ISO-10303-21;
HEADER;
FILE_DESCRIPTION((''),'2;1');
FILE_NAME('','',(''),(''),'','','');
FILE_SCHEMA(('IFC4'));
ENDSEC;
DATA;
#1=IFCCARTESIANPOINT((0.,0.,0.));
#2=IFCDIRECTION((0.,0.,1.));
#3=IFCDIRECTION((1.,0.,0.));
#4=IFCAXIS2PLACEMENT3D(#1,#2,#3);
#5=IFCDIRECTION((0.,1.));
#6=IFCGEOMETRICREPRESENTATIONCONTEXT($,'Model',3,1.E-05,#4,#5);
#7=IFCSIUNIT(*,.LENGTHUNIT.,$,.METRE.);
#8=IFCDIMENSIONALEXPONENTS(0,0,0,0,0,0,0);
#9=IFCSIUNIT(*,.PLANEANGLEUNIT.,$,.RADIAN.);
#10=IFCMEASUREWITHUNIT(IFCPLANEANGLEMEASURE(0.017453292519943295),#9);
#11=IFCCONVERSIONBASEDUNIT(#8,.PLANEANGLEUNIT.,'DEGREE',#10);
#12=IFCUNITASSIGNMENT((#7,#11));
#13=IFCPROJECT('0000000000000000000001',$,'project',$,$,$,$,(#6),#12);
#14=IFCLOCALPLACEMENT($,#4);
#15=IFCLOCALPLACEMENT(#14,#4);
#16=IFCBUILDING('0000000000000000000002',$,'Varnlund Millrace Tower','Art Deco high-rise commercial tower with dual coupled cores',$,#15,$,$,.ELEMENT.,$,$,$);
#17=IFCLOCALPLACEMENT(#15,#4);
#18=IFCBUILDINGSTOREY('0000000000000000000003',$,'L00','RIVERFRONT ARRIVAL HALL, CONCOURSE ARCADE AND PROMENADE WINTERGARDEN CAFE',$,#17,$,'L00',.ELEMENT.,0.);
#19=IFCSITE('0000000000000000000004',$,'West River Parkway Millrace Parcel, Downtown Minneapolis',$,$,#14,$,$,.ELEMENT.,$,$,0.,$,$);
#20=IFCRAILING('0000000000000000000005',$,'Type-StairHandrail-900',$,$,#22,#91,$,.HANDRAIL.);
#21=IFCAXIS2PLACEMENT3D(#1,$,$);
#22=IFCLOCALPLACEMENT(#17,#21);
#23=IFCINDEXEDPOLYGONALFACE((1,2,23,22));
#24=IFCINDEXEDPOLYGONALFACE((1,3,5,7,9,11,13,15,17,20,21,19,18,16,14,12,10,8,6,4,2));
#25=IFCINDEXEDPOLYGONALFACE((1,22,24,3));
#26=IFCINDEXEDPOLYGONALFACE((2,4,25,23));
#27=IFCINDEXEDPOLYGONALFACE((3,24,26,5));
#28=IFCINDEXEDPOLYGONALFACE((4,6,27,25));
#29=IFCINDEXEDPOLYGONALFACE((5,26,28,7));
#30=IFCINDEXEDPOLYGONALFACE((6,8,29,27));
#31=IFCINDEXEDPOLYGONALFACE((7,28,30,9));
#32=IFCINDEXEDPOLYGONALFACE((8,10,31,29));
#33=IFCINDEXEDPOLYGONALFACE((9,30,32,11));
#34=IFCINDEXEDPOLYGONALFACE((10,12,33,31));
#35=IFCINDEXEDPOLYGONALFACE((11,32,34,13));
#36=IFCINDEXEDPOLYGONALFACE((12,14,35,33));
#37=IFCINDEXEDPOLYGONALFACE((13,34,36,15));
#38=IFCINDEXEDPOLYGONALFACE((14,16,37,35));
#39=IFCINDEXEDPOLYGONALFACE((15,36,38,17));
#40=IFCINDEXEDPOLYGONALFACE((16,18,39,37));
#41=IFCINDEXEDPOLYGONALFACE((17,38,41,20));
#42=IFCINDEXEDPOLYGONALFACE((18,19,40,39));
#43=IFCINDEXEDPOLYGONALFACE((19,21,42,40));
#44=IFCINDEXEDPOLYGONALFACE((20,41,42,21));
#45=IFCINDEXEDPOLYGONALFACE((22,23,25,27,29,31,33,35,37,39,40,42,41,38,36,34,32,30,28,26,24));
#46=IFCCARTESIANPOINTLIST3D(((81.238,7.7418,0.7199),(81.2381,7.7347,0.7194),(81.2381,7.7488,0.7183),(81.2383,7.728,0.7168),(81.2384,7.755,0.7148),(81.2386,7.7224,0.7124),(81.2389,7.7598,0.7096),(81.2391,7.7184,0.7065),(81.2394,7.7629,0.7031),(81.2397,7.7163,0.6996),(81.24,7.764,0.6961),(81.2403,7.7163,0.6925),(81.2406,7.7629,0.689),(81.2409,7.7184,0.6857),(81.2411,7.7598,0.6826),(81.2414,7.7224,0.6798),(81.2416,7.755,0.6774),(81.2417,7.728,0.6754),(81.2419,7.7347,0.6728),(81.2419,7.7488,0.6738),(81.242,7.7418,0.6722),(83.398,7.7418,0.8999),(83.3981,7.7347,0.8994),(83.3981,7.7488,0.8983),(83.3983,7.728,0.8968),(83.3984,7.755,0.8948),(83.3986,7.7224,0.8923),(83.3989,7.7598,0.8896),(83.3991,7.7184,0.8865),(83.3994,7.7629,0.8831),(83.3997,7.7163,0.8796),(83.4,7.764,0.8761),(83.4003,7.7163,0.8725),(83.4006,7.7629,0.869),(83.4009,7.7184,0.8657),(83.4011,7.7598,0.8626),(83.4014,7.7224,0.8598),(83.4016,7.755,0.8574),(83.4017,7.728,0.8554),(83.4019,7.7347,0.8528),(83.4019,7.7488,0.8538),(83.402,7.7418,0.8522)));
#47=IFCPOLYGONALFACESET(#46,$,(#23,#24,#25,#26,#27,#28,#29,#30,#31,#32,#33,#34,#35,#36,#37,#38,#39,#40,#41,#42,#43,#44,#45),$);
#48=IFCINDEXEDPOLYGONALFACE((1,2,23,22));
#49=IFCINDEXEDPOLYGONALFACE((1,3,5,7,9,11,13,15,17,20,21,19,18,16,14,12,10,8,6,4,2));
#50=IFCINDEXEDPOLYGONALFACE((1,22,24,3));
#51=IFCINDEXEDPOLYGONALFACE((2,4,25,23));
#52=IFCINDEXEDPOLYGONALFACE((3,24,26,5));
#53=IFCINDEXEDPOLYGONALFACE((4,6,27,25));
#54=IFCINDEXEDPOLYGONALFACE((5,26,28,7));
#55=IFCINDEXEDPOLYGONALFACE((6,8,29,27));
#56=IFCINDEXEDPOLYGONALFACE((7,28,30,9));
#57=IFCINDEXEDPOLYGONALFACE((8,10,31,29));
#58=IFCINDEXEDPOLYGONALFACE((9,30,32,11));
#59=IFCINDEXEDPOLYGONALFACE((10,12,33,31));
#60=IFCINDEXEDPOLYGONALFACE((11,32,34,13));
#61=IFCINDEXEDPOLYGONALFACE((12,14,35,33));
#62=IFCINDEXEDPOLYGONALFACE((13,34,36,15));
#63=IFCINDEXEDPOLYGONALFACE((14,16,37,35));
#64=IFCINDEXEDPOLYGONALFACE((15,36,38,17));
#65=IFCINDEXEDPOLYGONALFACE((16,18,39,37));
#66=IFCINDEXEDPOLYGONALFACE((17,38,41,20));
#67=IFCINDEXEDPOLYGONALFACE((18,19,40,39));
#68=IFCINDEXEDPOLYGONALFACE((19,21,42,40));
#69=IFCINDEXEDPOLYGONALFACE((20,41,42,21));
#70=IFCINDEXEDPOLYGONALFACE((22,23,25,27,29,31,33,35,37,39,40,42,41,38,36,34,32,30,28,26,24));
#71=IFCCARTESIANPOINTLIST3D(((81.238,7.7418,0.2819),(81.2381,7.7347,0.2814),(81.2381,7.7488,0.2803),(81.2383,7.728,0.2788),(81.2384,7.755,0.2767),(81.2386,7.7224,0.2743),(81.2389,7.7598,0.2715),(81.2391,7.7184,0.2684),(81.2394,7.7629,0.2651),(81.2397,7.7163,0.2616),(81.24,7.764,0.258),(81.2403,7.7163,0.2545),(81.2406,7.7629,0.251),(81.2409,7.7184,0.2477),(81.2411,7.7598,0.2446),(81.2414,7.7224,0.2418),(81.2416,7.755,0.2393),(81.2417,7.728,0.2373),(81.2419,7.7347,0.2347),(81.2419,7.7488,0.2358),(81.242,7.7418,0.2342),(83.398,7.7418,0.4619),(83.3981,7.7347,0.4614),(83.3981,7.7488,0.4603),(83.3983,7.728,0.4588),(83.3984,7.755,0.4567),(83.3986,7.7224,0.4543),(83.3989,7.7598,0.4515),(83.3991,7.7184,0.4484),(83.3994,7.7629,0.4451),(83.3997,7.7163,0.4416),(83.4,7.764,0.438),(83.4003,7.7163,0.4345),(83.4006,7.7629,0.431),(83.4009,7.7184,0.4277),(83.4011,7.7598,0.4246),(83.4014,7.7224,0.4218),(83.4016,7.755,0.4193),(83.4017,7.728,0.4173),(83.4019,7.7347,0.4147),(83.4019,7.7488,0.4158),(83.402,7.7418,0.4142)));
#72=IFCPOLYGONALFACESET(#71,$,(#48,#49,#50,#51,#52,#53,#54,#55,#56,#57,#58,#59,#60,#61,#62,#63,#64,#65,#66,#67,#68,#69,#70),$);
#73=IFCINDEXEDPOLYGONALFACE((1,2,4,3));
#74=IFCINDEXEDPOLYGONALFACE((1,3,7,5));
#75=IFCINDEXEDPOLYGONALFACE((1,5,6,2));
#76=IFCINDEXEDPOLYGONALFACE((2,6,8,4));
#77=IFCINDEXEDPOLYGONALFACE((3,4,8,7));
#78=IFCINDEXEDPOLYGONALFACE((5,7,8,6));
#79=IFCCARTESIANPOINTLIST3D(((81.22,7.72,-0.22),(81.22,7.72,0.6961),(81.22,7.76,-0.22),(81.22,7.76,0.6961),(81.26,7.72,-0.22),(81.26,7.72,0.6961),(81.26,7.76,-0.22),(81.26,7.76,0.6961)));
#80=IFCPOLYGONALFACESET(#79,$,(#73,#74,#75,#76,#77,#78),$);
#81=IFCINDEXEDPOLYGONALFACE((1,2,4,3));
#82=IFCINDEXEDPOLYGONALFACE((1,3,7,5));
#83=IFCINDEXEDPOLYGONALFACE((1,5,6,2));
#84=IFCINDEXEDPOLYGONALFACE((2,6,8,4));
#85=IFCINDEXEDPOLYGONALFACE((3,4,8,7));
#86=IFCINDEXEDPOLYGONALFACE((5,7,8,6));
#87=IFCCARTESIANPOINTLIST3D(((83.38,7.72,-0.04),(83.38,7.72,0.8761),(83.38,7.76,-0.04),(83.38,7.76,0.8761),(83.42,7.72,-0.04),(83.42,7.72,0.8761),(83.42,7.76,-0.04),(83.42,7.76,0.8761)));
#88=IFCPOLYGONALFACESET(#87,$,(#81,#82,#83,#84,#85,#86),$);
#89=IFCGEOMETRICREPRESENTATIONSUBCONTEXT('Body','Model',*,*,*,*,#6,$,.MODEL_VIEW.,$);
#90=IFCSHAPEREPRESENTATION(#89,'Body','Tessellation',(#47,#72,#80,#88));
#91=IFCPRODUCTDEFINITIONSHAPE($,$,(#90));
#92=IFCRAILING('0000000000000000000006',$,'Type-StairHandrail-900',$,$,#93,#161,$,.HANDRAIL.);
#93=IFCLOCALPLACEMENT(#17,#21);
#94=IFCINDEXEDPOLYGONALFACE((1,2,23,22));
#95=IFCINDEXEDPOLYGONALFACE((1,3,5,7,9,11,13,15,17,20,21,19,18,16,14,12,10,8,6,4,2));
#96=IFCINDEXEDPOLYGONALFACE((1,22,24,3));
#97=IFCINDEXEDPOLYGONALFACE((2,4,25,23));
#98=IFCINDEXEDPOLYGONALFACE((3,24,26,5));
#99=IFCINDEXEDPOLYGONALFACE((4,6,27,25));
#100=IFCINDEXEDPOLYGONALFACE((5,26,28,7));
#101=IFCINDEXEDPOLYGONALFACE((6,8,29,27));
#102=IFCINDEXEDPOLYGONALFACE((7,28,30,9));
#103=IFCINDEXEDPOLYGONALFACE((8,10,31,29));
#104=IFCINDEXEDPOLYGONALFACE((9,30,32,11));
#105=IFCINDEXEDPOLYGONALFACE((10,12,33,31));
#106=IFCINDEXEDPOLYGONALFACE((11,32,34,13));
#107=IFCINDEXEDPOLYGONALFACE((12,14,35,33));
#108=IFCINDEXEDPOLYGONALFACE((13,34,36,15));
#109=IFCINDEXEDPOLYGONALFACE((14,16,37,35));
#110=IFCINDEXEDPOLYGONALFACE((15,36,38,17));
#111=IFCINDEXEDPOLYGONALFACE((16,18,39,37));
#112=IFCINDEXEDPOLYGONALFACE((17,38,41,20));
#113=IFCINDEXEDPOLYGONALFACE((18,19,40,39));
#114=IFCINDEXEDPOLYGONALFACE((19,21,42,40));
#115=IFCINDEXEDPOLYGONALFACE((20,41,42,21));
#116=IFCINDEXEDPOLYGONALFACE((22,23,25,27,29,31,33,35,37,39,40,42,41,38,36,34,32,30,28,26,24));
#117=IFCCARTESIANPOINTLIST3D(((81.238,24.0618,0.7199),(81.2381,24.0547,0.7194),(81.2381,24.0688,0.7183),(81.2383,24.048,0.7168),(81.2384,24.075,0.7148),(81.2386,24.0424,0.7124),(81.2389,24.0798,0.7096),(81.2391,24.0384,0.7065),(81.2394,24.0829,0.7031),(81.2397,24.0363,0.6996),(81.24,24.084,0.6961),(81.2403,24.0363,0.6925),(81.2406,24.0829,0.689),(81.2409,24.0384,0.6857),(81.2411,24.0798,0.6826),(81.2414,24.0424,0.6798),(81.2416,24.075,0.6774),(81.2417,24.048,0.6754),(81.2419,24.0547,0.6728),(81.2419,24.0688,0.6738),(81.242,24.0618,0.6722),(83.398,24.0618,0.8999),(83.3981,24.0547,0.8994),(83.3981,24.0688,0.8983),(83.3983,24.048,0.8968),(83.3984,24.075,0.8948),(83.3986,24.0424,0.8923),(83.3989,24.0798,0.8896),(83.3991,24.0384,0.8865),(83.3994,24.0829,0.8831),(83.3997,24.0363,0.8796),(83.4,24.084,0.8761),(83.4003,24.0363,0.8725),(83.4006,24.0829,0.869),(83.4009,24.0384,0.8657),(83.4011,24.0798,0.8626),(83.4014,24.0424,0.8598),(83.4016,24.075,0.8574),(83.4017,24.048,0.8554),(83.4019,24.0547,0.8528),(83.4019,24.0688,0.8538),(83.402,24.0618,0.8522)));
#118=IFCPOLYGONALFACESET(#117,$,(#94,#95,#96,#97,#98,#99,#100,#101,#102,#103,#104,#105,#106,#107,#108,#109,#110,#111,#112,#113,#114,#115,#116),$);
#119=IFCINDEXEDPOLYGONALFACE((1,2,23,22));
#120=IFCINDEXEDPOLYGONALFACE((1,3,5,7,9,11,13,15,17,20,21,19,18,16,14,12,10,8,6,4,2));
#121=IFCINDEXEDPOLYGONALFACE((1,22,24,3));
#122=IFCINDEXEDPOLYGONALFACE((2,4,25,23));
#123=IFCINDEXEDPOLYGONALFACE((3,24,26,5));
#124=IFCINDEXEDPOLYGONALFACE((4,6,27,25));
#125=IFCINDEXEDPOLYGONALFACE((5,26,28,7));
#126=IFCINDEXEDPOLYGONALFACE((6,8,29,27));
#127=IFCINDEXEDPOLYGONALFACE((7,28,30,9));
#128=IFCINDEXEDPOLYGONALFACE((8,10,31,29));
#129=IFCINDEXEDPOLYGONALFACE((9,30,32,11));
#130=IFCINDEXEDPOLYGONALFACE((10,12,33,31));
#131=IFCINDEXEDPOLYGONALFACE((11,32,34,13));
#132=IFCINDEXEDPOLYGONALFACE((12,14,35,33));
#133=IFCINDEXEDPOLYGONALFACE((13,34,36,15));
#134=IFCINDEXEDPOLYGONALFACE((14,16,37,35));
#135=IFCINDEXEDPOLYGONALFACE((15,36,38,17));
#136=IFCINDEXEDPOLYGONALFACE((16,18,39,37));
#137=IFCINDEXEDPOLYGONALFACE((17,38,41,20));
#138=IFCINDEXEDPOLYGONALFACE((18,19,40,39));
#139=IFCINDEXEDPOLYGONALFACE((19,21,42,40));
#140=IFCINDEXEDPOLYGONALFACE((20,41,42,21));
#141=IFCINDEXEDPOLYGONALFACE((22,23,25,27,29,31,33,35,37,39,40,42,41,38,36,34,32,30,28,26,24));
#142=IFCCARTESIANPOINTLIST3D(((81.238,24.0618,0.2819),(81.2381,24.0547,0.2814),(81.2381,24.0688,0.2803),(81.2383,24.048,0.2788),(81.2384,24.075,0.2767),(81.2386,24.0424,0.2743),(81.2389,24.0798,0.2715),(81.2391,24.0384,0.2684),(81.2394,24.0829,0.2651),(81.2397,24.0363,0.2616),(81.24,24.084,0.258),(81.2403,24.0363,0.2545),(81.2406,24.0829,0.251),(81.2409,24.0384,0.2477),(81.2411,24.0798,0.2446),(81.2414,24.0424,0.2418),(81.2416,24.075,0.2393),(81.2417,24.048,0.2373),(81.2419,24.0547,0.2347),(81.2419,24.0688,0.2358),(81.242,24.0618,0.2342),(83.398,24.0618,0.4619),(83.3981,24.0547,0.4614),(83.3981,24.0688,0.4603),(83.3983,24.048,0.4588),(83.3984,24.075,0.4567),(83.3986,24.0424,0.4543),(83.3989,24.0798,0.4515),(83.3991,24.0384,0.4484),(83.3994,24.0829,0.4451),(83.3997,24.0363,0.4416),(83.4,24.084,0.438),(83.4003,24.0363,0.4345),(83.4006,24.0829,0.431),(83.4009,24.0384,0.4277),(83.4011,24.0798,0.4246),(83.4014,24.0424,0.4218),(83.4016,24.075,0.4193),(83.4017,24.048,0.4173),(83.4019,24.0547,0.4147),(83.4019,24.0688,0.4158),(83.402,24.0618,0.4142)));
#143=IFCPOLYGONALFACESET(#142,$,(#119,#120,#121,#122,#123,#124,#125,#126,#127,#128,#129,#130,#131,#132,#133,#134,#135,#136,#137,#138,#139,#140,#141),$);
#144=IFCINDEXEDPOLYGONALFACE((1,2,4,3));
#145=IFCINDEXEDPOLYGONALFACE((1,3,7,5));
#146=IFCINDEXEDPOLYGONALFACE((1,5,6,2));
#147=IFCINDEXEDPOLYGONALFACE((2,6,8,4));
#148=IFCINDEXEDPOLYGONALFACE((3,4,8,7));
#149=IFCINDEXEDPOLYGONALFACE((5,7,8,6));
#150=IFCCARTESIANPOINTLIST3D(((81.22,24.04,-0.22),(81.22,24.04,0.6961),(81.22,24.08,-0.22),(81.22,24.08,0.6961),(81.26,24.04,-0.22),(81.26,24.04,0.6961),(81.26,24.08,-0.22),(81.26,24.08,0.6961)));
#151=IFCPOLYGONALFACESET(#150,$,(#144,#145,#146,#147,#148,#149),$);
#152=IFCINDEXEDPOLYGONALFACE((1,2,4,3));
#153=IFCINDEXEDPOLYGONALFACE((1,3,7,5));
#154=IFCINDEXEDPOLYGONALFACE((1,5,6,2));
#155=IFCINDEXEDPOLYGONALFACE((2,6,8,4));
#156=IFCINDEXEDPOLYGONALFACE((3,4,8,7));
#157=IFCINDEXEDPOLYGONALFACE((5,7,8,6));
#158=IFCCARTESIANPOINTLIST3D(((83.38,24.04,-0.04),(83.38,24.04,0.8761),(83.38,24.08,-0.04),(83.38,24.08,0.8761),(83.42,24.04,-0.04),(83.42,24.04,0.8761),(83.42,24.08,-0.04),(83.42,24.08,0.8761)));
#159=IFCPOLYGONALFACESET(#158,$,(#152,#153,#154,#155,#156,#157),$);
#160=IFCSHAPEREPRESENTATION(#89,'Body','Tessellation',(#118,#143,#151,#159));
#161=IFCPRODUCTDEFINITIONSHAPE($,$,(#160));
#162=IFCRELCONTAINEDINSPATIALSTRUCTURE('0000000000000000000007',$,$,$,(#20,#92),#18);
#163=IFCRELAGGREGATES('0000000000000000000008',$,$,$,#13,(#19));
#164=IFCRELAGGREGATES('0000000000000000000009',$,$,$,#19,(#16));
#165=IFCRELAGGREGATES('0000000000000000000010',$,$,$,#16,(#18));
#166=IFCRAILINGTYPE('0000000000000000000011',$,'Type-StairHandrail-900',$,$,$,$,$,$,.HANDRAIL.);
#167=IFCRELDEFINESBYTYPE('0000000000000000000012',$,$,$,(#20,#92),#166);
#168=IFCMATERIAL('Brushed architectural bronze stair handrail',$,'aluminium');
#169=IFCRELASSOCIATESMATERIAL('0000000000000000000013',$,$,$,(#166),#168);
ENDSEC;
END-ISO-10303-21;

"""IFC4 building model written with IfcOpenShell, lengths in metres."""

from ifc_helpers import new_model, entity, si_unit, converted_unit, direction, frame, origin_with_axes, origin_2d_with_axis, place, context, subcontext, project, spatial, rectangle, circle, extrude, material, type_object, element, save


model = new_model("IFC4")

# Units and contexts
model_context = context("Model", 3, precision=1e-05, world=origin_with_axes(), true_north=direction((0.0, 1.0)))
body_context = subcontext(model_context, "Body", "Model", "MODEL_VIEW")
ifc_project = project(units=[si_unit("LENGTHUNIT", "METRE"), converted_unit("PLANEANGLEUNIT", "DEGREE", entity("IfcPlaneAngleMeasure", 0.017453292519943295), si_unit("PLANEANGLEUNIT", "RADIAN"), dimensions=[0, 0, 0, 0, 0, 0, 0])], contexts=[model_context])

# Site, building, storey
site_placement = place(None, origin_with_axes())
site = spatial("IfcSite", under=ifc_project, at=site_placement, Name="West River Parkway Millrace Parcel, Downtown Minneapolis", CompositionType="ELEMENT", RefElevation=0.0)
building_placement = place(site_placement, origin_with_axes())
building = spatial("IfcBuilding", under=site, at=building_placement, Name="Varnlund Millrace Tower", Description="Art Deco high-rise commercial tower with dual coupled cores", CompositionType="ELEMENT")
storey_placement = place(building_placement, origin_with_axes())
storey = spatial("IfcBuildingStorey", under=building, at=storey_placement, Name="L00", Description="RIVERFRONT ARRIVAL HALL, CONCOURSE ARCADE AND PROMENADE WINTERGARDEN CAFE", LongName="L00", CompositionType="ELEMENT", Elevation=0.0)

# Railings
ifc_material_1 = material(Name="Brushed architectural bronze stair handrail", Category="aluminium")
railing_type_1 = type_object("IfcRailingType", Name="Type-StairHandrail-900", PredefinedType="HANDRAIL", material=ifc_material_1)
railing_1_placement = place(storey_placement, origin_with_axes())
element("IfcRailing", 1, at=railing_1_placement, inside=storey, type_object=railing_type_1, Name="Type-StairHandrail-900", PredefinedType="HANDRAIL", context=body_context, shape_type="SweptSolid", body=[
    extrude(circle(Radius=0.024, at=origin_2d_with_axis()), frame((81.24, 7.74, 0.6961), z_axis=(0.996546, 0.0, 0.083045), x_axis=(0.0, 1.0, 0.0)), (0.0, 0.0, 1.0), 2.1675),
    extrude(circle(Radius=0.024, at=origin_2d_with_axis()), frame((81.24, 7.74, 0.258), z_axis=(0.996546, 0.0, 0.083045), x_axis=(0.0, 1.0, 0.0)), (0.0, 0.0, 1.0), 2.1675),
    extrude(rectangle(XDim=0.04, YDim=0.04, at=origin_2d_with_axis()), frame((81.24, 7.74, -0.22), z_axis=(0.0, 0.0, 1.0), x_axis=(1.0, 0.0, 0.0)), (0.0, 0.0, 1.0), 0.9161),
    extrude(rectangle(XDim=0.04, YDim=0.04, at=origin_2d_with_axis()), frame((83.4, 7.74, -0.04), z_axis=(0.0, 0.0, 1.0), x_axis=(1.0, 0.0, 0.0)), (0.0, 0.0, 1.0), 0.9161),
])
railing_2_placement = place(storey_placement, origin_with_axes())
element("IfcRailing", 2, at=railing_2_placement, inside=storey, type_object=railing_type_1, Name="Type-StairHandrail-900", PredefinedType="HANDRAIL", context=body_context, shape_type="SweptSolid", body=[
    extrude(circle(Radius=0.024, at=origin_2d_with_axis()), frame((81.24, 24.06, 0.6961), z_axis=(0.996546, 0.0, 0.083045), x_axis=(0.0, 1.0, 0.0)), (0.0, 0.0, 1.0), 2.1675),
    extrude(circle(Radius=0.024, at=origin_2d_with_axis()), frame((81.24, 24.06, 0.258), z_axis=(0.996546, 0.0, 0.083045), x_axis=(0.0, 1.0, 0.0)), (0.0, 0.0, 1.0), 2.1675),
    extrude(rectangle(XDim=0.04, YDim=0.04, at=origin_2d_with_axis()), frame((81.24, 24.06, -0.22), z_axis=(0.0, 0.0, 1.0), x_axis=(1.0, 0.0, 0.0)), (0.0, 0.0, 1.0), 0.9161),
    extrude(rectangle(XDim=0.04, YDim=0.04, at=origin_2d_with_axis()), frame((83.4, 24.06, -0.04), z_axis=(0.0, 0.0, 1.0), x_axis=(1.0, 0.0, 0.0)), (0.0, 0.0, 1.0), 0.9161),
])

save(model, "model.ifc")
